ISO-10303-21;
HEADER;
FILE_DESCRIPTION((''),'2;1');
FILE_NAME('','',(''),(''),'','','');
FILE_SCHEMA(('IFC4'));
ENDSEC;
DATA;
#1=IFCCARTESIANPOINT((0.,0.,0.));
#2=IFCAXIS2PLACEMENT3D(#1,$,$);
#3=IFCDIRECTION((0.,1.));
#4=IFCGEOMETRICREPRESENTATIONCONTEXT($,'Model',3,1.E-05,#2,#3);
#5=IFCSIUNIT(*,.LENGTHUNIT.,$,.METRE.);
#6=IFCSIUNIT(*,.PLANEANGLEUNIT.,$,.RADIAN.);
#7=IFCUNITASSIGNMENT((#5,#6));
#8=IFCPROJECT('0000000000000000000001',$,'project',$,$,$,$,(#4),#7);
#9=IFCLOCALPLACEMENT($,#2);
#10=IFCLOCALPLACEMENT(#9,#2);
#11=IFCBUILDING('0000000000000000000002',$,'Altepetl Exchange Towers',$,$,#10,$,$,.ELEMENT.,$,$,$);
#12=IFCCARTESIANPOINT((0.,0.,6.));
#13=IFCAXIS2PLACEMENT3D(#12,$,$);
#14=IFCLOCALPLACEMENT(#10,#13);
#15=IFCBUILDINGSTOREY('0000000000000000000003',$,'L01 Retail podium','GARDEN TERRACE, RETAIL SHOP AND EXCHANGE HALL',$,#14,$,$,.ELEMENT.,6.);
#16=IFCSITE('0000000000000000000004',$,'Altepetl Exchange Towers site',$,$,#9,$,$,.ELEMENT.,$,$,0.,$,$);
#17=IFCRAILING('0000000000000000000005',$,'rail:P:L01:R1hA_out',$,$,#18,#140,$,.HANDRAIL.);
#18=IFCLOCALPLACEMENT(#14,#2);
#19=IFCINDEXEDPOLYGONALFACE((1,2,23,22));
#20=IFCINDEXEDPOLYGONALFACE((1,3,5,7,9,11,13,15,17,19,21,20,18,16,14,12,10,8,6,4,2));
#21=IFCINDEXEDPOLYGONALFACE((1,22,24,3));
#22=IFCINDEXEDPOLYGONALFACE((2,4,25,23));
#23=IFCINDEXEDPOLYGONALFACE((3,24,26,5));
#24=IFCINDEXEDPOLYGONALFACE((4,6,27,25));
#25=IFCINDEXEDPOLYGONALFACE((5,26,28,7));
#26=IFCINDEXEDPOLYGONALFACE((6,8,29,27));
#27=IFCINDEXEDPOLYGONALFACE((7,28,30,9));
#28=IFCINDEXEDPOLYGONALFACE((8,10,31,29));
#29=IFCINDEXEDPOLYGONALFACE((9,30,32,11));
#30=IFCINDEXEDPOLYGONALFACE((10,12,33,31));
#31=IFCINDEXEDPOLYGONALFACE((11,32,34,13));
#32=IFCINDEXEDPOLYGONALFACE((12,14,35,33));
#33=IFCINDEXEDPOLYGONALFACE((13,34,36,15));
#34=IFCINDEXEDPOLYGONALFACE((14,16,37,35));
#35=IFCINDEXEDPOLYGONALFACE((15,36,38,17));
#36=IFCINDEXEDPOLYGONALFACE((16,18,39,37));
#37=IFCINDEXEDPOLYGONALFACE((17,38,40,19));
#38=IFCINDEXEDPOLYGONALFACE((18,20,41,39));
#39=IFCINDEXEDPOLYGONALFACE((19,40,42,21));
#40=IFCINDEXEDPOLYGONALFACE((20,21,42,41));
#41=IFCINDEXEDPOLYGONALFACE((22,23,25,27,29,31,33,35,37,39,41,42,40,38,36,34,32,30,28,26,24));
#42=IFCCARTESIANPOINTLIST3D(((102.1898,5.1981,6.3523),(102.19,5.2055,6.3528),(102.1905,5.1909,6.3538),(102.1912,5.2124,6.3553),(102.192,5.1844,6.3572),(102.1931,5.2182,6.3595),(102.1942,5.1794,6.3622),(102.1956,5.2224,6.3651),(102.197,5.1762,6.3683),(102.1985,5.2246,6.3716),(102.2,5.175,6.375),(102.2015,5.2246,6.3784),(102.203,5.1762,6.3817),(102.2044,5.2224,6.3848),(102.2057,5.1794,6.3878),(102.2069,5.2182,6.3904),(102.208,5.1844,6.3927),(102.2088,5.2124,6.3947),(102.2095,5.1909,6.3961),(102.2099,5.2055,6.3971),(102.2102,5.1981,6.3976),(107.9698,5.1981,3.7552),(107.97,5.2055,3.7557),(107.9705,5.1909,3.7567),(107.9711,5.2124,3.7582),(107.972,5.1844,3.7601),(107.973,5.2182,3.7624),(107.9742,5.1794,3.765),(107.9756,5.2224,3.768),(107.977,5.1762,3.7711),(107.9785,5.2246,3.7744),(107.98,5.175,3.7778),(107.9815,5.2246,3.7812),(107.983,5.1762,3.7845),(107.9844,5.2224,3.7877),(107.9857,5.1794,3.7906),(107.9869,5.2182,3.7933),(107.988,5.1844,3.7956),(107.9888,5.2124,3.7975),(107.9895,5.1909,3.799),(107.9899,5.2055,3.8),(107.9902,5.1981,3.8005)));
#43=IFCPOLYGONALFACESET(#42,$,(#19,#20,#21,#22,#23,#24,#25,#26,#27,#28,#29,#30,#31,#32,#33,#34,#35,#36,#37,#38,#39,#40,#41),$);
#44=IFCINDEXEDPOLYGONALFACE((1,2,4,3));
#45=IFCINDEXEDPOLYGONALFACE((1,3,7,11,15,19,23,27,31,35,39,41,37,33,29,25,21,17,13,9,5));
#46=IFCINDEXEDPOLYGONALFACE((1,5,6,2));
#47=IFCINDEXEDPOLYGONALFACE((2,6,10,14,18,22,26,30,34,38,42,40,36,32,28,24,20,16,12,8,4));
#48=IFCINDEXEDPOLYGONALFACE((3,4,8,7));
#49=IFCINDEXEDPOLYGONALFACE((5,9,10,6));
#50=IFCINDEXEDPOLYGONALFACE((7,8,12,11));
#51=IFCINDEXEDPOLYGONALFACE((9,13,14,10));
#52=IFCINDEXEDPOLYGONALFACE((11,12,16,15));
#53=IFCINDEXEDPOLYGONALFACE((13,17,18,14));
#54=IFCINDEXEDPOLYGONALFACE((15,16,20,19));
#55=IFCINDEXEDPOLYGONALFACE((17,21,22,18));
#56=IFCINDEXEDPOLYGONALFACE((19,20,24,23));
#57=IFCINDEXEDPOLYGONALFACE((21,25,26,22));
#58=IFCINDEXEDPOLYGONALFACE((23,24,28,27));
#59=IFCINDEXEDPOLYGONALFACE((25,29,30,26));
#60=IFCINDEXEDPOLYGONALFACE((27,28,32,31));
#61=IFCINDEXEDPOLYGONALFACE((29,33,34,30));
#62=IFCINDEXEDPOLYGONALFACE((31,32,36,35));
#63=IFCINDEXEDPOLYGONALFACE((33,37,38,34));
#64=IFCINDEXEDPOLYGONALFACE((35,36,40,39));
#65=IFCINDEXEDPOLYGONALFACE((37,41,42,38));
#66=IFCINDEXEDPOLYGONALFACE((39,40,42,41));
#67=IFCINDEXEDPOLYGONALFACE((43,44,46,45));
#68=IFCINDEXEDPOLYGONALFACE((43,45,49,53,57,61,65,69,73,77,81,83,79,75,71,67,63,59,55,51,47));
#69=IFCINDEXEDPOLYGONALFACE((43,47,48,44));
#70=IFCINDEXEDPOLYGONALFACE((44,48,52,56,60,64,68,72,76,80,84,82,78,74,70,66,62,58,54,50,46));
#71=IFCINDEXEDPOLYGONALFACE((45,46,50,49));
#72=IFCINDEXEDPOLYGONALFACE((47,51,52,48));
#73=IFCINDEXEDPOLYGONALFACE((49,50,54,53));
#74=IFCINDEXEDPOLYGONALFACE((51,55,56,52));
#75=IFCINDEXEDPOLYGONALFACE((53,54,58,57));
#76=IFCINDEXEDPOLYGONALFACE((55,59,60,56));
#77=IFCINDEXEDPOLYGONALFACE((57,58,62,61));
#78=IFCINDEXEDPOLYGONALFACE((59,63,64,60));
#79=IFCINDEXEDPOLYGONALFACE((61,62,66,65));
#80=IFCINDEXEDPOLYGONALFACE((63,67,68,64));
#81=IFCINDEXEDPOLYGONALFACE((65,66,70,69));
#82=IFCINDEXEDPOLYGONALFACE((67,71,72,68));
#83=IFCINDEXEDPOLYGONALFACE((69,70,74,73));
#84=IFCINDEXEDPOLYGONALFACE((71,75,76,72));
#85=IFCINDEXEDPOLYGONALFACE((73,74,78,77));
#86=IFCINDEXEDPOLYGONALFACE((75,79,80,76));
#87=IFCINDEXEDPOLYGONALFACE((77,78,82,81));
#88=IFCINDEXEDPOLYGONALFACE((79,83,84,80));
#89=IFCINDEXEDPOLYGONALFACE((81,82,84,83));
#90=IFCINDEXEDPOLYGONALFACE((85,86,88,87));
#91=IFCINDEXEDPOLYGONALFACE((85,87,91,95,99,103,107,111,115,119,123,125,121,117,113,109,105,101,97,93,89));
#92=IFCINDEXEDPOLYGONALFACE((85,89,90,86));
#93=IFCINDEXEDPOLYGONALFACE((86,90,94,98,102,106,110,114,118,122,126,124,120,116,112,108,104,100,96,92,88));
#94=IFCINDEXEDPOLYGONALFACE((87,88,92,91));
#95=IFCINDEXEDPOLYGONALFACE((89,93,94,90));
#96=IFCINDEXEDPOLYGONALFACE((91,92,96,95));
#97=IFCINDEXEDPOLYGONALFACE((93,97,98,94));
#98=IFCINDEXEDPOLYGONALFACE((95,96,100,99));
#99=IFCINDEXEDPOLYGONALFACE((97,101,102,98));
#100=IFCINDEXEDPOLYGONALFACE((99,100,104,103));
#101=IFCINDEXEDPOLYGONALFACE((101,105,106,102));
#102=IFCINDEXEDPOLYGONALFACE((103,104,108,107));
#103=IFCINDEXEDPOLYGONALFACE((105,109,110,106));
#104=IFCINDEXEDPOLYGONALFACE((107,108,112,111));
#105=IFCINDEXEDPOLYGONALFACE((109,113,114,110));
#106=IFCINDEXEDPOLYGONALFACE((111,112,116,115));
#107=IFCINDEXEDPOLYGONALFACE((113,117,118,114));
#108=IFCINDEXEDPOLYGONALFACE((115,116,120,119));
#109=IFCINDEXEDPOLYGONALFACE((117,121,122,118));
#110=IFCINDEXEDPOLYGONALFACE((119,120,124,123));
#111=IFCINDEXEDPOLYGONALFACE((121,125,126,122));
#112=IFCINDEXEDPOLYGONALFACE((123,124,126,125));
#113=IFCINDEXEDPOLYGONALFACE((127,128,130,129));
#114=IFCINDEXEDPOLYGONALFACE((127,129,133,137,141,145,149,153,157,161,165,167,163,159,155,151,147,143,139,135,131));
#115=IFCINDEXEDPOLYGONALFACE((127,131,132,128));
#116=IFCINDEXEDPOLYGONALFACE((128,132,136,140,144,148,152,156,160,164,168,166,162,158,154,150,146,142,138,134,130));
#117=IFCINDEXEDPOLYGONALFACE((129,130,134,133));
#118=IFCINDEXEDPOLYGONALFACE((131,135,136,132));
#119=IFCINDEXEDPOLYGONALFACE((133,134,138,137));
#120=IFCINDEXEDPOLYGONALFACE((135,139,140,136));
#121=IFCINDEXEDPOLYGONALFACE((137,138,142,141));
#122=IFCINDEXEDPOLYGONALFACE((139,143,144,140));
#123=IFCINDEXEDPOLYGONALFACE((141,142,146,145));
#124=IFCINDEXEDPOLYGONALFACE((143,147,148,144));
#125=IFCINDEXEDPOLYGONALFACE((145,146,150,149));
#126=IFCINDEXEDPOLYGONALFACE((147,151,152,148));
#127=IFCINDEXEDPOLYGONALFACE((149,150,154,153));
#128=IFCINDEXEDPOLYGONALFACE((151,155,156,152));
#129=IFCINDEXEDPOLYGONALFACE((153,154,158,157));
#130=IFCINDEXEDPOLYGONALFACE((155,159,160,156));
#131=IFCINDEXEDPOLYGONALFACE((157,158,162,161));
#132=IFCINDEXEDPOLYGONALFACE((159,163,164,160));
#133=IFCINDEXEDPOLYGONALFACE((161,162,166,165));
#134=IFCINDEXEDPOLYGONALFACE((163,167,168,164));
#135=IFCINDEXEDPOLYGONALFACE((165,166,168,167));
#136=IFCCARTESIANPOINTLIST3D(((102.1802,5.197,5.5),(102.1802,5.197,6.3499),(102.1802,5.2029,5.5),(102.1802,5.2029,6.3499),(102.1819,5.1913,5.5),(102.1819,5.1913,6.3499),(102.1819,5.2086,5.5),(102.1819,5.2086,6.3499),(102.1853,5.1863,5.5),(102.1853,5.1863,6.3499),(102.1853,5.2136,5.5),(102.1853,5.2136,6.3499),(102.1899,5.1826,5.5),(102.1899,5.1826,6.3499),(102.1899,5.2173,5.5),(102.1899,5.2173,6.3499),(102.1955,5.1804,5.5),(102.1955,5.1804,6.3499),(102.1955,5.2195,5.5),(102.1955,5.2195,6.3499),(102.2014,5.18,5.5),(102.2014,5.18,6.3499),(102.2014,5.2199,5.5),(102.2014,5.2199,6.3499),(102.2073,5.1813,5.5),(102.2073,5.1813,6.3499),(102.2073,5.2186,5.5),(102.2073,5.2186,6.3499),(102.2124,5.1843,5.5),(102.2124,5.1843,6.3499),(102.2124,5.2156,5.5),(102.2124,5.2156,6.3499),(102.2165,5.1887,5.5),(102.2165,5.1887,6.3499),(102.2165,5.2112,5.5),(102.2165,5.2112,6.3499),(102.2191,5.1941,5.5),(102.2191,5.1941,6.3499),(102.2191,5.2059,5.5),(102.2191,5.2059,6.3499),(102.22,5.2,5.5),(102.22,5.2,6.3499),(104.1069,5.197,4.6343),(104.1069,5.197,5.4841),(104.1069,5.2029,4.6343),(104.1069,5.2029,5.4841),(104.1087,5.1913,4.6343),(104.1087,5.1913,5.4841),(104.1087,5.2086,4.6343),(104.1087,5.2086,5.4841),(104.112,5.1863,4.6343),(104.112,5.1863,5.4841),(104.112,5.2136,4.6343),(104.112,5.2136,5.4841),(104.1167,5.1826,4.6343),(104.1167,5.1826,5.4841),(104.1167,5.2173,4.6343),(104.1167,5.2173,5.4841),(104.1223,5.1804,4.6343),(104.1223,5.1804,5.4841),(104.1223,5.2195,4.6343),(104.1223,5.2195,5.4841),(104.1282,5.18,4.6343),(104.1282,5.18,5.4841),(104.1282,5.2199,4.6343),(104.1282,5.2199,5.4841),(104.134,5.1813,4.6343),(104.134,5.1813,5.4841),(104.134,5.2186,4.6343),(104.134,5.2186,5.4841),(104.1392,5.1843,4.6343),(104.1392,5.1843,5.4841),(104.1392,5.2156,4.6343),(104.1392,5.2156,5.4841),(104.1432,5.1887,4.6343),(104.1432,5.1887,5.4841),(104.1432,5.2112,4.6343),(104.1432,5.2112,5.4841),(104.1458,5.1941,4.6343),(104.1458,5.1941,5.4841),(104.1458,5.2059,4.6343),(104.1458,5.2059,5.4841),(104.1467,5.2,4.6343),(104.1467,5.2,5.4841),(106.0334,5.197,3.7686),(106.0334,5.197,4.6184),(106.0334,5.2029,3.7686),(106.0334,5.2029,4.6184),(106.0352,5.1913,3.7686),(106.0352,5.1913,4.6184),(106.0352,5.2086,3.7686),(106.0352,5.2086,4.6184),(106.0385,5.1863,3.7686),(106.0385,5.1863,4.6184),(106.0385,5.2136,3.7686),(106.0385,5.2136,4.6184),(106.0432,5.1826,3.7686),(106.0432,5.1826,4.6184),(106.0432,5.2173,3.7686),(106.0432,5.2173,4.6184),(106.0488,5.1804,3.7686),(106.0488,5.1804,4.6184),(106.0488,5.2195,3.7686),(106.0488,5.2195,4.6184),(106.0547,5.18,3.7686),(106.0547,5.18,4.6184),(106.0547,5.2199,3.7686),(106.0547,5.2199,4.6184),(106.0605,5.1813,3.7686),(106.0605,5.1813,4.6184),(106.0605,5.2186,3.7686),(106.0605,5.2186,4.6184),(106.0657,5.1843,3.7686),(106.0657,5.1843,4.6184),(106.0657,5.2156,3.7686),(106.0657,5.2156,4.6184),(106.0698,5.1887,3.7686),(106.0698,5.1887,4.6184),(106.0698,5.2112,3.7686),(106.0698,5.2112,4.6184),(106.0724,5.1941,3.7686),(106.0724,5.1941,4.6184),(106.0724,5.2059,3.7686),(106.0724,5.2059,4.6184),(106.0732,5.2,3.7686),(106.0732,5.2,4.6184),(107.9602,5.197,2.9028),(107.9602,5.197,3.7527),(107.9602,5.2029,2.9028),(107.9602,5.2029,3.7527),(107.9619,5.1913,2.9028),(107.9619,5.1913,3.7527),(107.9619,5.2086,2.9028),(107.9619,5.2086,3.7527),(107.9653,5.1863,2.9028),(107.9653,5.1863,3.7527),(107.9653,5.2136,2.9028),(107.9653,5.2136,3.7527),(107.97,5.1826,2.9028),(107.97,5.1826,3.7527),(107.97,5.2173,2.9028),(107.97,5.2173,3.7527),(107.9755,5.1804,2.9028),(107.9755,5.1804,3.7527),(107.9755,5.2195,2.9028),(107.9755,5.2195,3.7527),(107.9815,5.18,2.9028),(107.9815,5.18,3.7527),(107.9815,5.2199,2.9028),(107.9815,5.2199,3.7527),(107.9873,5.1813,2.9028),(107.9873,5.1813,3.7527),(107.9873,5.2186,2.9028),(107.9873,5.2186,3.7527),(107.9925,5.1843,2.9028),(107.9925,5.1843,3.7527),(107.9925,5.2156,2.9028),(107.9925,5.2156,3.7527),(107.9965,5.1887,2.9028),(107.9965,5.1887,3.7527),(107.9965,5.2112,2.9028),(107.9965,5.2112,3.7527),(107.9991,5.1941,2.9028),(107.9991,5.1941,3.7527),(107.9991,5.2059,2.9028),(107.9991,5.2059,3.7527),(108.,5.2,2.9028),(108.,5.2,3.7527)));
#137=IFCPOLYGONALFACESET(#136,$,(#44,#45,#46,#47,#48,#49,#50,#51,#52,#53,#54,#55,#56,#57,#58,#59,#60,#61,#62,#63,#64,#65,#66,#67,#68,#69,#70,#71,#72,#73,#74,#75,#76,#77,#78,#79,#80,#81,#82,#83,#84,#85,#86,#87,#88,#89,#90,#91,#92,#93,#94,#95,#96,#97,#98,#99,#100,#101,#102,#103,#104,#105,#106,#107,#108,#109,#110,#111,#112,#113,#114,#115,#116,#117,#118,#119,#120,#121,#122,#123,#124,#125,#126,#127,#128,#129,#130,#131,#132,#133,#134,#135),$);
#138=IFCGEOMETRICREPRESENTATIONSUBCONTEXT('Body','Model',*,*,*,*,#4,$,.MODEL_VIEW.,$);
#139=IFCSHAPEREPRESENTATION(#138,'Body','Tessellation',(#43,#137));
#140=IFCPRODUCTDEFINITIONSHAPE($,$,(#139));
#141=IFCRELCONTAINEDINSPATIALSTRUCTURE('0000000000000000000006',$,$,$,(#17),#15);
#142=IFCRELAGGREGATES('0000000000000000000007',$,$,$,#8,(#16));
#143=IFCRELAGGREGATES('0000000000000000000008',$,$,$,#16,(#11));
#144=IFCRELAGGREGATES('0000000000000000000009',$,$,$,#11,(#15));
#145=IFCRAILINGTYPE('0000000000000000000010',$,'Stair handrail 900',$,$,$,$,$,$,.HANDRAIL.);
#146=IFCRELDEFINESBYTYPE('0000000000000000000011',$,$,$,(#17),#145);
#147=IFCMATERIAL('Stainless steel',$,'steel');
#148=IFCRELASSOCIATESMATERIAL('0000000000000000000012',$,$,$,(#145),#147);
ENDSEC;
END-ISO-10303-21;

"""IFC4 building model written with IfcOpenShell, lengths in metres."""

from ifc_helpers import new_model, si_unit, direction, frame, origin, origin_2d, place, context, subcontext, project, spatial, circle, extrude, source, transform, mapped, material, type_object, element, save


model = new_model("IFC4")

# Units and contexts
model_context = context("Model", 3, precision=1e-05, world=origin(), true_north=direction((0.0, 1.0)))
body_context = subcontext(model_context, "Body", "Model", "MODEL_VIEW")
ifc_project = project(units=[si_unit("LENGTHUNIT", "METRE"), si_unit("PLANEANGLEUNIT", "RADIAN")], contexts=[model_context])

# Site, building, storey
site_placement = place(None, origin())
site = spatial("IfcSite", under=ifc_project, at=site_placement, Name="Altepetl Exchange Towers site", CompositionType="ELEMENT", RefElevation=0.0)
building_placement = place(site_placement, origin())
building = spatial("IfcBuilding", under=site, at=building_placement, Name="Altepetl Exchange Towers", CompositionType="ELEMENT")
storey_placement = place(building_placement, frame((0.0, 0.0, 6.0)))
storey = spatial("IfcBuildingStorey", under=building, at=storey_placement, Name="L01 Retail podium", Description="GARDEN TERRACE, RETAIL SHOP AND EXCHANGE HALL", CompositionType="ELEMENT", Elevation=6.0)

# Railing
ifc_material_1 = material(Name="Stainless steel", Category="steel")
railing_type_1 = type_object("IfcRailingType", Name="Stair handrail 900", PredefinedType="HANDRAIL", material=ifc_material_1)
shared_shape_1 = source(origin(), body_context, "Body", "SweptSolid", [
    extrude(circle(Radius=0.02, at=origin_2d()), origin(), (0.0, 0.0, 1.0), 0.8499),
])
for number, where, name in (
    (1, (107.98, 5.2, 2.9028), "rail:P:L01:R1hA_out"),
):
    element("IfcRailing", number, at=place(storey_placement, frame(where)), inside=storey, type_object=railing_type_1, Name=name, PredefinedType="HANDRAIL", context=body_context, shape_type="SweptSolid", body=[
        extrude(circle(Radius=0.0249, at=origin_2d()), frame((0.0, 0.0, 0.875), z_axis=(-0.912148, 0.0, 0.40986), x_axis=(0.0, -1.0, 0.0)), (0.0, 0.0, 1.0), 6.3367),
        mapped(shared_shape_1, transform((0.0, 0.0, 0.0))),
        mapped(shared_shape_1, transform((-1.9268, 0.0, 0.8657))),
        mapped(shared_shape_1, transform((-3.8533, 0.0, 1.7314))),
        mapped(shared_shape_1, transform((-5.78, 0.0, 2.5972))),
    ])

save(model, "model.ifc")
